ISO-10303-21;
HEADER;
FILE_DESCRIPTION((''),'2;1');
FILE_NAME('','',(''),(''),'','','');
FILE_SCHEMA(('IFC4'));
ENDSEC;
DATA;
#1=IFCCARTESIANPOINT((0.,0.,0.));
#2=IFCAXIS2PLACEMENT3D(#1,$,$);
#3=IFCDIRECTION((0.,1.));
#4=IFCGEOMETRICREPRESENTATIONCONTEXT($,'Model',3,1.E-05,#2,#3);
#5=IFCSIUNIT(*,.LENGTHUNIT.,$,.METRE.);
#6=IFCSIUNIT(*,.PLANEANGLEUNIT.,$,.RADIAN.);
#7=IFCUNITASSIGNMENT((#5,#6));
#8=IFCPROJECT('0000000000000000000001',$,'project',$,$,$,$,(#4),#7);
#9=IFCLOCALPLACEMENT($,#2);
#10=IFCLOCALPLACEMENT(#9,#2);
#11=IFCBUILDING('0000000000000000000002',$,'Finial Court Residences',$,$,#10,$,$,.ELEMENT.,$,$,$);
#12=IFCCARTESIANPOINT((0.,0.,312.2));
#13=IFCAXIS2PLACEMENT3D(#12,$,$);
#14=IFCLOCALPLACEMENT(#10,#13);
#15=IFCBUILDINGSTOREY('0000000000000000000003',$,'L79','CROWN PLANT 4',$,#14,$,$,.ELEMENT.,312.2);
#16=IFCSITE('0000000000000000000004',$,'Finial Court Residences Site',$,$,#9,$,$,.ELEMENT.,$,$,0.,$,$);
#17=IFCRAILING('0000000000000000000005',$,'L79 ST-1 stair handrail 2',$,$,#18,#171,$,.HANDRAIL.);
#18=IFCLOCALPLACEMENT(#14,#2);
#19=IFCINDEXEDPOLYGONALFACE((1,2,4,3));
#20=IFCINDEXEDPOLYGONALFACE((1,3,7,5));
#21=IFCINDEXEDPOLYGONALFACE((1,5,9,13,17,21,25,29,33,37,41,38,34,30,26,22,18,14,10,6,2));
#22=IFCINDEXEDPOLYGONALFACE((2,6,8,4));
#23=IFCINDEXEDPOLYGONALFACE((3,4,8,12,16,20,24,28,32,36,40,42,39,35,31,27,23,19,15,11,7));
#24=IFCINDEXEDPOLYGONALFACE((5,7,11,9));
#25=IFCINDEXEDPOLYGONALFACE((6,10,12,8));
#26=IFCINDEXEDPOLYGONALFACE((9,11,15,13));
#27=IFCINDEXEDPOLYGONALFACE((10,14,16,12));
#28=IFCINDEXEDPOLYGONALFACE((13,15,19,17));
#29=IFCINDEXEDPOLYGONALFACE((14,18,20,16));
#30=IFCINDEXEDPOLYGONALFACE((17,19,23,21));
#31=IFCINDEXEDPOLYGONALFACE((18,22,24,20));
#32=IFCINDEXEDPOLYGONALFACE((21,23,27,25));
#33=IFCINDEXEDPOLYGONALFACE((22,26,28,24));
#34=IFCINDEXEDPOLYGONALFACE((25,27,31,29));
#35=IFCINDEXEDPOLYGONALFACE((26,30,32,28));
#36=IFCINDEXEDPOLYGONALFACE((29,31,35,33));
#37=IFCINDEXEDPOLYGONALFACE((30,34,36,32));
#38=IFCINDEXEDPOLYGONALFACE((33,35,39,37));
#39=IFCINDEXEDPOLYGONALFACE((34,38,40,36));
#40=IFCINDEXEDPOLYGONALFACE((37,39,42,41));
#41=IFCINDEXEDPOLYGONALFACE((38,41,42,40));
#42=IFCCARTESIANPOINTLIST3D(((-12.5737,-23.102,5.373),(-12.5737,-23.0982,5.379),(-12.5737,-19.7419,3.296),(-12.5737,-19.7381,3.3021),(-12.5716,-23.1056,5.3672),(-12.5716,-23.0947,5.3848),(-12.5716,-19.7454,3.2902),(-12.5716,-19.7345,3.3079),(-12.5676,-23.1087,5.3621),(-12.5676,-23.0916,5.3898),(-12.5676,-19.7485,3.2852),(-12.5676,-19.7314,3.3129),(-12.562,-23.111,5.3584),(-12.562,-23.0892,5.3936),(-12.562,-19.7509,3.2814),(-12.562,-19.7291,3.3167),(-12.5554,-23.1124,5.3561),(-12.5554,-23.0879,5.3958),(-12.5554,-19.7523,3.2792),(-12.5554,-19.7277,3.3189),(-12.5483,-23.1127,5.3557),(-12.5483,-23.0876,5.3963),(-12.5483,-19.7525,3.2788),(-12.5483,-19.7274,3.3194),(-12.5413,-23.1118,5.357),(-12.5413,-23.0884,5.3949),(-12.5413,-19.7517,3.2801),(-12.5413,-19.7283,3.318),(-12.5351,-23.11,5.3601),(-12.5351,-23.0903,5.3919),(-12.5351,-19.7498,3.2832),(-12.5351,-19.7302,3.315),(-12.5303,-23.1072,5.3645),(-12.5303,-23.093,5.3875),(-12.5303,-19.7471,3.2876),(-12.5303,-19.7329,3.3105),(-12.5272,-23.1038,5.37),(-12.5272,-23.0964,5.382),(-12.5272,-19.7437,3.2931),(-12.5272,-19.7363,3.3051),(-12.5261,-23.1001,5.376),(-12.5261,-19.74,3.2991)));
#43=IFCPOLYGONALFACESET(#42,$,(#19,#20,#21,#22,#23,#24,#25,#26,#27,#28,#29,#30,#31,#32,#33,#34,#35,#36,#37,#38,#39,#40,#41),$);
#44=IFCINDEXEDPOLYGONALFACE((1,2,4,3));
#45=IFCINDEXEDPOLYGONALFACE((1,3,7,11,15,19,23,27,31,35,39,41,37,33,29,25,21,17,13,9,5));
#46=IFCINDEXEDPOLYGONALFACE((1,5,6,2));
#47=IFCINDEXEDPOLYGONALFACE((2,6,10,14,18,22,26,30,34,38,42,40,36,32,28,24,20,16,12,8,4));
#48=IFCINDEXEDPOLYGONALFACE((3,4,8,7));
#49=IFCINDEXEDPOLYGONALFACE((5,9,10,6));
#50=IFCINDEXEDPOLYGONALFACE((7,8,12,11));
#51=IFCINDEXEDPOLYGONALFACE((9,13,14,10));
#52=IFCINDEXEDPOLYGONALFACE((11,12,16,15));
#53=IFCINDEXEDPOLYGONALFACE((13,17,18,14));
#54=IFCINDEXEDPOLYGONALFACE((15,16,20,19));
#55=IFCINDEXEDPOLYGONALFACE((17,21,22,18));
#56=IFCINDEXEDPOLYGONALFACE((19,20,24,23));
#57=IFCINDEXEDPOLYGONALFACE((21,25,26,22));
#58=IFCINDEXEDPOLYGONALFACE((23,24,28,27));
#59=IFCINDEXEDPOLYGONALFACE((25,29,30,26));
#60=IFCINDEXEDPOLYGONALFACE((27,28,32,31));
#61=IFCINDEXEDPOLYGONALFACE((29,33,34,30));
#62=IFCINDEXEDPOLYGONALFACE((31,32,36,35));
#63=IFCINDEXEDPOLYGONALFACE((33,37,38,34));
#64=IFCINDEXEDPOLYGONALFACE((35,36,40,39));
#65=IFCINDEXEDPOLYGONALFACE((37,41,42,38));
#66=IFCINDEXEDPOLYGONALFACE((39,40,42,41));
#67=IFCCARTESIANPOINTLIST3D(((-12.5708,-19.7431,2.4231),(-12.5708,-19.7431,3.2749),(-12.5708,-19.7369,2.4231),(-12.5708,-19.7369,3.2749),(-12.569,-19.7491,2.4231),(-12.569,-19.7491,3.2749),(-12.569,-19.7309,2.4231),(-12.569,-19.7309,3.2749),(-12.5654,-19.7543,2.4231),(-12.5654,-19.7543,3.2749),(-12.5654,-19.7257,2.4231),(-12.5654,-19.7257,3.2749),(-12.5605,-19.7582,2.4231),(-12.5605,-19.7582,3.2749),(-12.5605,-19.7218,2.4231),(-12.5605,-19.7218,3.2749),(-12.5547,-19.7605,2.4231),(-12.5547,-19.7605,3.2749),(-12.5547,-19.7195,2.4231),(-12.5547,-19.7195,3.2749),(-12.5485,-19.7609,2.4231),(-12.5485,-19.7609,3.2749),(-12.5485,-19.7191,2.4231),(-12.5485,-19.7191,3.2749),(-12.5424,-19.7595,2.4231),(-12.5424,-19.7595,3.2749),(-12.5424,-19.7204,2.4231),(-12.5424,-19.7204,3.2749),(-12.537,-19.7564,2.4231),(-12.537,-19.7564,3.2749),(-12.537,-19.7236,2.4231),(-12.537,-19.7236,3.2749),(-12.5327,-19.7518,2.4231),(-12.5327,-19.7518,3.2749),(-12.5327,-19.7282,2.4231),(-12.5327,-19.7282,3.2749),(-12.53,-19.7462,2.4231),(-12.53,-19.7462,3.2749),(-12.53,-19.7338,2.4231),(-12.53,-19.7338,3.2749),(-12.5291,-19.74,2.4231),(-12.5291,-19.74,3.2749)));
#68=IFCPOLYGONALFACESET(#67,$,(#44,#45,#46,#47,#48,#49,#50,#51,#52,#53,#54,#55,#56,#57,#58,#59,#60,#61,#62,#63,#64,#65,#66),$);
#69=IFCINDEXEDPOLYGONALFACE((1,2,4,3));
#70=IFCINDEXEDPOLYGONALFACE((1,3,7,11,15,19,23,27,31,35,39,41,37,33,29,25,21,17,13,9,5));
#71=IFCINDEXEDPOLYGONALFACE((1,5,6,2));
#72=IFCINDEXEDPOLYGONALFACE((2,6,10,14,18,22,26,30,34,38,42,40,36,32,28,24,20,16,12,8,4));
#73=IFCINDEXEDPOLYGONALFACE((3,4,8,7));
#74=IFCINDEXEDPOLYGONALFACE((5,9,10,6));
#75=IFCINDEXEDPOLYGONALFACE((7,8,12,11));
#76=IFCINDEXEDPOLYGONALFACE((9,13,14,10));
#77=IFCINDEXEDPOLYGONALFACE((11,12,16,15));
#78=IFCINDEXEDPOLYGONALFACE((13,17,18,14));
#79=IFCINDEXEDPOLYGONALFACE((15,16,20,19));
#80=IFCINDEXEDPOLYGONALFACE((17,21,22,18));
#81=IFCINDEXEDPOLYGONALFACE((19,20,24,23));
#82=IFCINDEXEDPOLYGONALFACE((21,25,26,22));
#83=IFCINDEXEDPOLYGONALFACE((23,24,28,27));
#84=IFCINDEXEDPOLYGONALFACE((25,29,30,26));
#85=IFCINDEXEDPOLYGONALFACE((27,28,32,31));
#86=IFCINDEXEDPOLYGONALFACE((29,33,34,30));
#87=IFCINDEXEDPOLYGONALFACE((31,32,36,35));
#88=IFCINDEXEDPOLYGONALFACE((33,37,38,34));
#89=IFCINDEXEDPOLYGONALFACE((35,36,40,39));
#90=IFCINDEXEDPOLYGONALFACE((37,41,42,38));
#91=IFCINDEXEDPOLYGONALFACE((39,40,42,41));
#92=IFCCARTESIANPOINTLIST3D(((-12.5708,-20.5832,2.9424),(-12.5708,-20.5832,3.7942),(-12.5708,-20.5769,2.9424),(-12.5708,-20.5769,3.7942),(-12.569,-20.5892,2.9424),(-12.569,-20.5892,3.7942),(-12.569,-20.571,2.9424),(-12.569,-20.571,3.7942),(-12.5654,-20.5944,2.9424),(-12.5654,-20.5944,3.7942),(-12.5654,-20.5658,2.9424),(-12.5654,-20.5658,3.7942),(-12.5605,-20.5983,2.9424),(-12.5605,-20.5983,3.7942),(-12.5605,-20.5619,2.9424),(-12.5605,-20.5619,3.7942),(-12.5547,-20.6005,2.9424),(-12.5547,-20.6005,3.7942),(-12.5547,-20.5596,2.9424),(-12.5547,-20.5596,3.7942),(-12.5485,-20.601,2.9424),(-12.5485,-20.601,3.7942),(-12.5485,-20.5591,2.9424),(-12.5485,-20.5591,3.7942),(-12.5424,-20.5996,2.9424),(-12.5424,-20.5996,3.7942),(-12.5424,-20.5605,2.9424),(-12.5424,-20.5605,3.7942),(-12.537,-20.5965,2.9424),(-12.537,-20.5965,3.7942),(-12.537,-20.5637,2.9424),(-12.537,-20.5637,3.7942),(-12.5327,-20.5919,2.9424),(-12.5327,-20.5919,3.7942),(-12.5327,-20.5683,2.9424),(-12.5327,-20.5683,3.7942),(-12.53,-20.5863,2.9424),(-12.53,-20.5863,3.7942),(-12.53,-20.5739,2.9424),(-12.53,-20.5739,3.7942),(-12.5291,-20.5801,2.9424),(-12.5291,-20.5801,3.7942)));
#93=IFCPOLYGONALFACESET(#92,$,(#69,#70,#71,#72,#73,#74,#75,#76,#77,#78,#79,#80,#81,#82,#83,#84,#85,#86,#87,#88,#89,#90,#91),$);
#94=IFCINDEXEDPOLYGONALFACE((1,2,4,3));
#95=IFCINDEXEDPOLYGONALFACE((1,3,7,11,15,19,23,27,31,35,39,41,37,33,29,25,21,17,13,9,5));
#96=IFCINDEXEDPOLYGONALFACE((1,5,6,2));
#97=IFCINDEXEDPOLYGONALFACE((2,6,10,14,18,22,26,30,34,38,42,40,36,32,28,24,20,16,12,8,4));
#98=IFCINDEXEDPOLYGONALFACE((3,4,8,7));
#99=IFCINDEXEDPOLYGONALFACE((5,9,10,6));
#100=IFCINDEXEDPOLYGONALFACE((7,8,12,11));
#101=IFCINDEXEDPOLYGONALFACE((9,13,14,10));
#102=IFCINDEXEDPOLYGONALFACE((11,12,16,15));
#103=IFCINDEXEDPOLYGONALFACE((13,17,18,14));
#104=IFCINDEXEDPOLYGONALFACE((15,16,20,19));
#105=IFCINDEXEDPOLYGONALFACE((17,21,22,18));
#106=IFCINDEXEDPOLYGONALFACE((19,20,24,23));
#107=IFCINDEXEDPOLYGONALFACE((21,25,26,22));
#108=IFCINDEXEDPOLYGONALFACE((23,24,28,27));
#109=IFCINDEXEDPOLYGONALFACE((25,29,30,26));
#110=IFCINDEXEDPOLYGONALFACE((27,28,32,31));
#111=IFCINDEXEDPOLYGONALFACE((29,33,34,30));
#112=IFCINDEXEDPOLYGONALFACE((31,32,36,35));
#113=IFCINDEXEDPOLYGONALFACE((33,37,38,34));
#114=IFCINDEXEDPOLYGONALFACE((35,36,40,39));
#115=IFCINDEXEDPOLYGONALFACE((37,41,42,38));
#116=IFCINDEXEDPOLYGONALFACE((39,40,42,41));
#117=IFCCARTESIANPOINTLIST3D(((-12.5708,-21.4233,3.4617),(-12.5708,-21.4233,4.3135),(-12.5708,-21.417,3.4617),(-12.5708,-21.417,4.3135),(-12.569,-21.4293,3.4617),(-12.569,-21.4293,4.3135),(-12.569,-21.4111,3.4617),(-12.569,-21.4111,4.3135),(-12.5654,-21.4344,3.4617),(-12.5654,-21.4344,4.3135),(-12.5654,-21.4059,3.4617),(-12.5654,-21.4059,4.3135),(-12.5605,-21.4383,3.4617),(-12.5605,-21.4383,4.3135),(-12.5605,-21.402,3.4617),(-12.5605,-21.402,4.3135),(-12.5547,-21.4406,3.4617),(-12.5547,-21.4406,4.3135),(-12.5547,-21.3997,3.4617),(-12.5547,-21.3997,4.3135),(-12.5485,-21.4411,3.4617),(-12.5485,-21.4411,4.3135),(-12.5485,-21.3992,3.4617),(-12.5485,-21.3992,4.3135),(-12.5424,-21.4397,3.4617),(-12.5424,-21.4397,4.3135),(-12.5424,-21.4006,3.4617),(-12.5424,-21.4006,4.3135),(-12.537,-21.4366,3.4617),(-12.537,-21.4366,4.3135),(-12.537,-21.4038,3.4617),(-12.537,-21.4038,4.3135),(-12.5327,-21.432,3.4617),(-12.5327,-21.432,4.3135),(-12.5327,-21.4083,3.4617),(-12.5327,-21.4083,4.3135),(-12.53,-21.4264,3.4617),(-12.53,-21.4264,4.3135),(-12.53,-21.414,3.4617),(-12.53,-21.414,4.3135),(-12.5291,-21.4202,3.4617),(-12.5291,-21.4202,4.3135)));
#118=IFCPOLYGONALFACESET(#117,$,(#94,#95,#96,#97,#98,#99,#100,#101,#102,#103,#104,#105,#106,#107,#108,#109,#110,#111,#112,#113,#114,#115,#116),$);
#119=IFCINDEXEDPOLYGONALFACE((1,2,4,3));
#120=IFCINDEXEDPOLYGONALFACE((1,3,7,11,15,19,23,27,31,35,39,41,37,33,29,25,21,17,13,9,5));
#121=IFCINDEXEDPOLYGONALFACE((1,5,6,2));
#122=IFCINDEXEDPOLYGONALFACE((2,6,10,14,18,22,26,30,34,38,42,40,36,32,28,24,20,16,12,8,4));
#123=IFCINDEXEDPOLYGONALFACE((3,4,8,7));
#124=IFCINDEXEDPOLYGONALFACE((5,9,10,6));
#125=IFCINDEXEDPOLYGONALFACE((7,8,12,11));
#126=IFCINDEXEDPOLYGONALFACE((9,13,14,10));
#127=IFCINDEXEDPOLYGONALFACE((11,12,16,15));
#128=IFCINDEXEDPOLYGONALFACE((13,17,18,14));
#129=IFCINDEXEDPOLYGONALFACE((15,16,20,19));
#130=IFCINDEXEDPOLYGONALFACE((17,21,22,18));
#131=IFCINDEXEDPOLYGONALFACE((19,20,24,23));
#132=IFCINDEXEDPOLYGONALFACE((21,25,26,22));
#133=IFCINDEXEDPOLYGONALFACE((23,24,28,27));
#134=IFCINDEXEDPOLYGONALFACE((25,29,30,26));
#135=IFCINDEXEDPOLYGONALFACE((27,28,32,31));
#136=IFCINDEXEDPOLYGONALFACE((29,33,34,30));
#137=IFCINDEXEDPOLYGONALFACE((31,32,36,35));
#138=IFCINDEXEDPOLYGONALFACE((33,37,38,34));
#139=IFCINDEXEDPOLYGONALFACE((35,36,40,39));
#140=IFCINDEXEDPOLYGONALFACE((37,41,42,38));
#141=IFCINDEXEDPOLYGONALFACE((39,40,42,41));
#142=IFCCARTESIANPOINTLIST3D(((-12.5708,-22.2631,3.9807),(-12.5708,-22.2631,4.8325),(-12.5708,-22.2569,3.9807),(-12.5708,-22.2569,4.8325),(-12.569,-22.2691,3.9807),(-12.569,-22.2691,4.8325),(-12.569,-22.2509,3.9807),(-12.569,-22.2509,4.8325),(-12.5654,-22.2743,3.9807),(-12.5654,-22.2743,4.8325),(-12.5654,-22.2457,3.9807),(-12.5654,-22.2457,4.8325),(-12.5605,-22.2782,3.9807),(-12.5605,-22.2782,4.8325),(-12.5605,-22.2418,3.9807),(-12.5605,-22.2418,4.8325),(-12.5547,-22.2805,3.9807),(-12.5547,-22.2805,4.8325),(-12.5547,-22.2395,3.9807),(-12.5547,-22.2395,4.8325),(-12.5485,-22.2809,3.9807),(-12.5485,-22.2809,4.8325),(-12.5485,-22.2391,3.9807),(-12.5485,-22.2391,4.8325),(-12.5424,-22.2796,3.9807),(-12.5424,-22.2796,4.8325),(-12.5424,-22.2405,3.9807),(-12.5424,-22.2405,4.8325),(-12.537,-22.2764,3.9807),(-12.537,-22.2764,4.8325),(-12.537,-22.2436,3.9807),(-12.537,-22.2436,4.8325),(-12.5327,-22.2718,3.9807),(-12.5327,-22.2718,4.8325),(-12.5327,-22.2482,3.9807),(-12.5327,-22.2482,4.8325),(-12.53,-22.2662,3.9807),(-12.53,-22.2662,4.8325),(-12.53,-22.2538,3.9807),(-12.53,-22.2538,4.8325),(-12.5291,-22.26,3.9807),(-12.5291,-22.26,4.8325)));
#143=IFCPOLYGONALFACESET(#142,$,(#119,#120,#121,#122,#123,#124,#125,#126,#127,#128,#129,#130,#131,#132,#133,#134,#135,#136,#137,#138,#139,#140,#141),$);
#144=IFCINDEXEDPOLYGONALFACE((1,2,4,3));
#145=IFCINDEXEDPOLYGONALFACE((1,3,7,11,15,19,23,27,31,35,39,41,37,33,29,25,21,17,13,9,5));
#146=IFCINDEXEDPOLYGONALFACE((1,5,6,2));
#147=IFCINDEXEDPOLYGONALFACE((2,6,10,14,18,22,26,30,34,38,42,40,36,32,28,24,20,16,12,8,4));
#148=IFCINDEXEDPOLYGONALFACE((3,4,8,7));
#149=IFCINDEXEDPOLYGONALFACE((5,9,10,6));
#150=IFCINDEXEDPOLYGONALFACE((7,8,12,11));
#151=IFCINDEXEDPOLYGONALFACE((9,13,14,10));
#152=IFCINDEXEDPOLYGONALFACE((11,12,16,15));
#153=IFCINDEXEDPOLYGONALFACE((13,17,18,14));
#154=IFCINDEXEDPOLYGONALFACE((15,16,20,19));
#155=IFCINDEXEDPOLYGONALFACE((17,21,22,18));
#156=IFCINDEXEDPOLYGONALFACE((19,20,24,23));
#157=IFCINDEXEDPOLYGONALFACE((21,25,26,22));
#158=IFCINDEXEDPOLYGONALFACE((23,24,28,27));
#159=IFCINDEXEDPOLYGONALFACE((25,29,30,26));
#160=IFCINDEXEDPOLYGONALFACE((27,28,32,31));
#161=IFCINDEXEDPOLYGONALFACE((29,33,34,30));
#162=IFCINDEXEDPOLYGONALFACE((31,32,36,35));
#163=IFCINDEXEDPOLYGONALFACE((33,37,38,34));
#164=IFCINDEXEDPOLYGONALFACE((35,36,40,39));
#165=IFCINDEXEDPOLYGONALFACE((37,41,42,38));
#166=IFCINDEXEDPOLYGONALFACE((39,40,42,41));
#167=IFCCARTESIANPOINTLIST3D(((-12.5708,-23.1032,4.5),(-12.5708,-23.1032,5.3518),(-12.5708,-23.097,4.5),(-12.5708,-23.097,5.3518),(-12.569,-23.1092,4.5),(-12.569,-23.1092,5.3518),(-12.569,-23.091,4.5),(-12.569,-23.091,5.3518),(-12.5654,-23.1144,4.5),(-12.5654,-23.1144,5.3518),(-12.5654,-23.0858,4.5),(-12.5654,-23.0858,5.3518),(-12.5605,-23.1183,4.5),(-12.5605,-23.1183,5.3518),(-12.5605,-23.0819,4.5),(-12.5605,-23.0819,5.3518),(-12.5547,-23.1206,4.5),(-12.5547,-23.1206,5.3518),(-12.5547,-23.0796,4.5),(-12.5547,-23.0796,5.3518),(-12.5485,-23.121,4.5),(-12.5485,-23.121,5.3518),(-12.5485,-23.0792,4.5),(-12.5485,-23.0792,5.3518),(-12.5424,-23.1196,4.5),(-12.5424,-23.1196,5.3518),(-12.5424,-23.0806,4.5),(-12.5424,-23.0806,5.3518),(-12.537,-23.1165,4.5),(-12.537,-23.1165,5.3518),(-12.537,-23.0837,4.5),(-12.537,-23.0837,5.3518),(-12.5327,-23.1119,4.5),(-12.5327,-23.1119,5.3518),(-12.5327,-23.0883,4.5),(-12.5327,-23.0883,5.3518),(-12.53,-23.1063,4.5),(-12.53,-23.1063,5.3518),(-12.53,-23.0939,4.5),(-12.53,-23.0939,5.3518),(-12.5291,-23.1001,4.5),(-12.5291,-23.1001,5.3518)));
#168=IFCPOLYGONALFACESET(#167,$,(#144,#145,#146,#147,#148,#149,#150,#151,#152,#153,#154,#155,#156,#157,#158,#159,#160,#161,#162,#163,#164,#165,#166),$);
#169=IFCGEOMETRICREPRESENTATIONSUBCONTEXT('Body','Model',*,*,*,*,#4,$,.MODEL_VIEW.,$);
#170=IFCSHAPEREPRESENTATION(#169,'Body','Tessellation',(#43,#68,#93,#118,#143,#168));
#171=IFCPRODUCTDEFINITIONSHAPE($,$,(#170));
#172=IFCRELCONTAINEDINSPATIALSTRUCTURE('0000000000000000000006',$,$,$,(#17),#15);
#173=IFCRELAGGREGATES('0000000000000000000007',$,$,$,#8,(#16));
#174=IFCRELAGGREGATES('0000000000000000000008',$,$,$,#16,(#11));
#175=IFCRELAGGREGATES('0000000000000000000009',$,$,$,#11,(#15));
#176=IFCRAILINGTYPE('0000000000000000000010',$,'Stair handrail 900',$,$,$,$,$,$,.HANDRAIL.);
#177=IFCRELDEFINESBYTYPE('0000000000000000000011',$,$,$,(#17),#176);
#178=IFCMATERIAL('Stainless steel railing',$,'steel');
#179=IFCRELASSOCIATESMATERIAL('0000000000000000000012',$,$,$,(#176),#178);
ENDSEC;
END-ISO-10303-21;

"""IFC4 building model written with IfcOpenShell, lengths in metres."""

from ifc_helpers import new_model, si_unit, direction, frame, origin, origin_2d, place, context, subcontext, project, spatial, circle, extrude, material, type_object, element, save


model = new_model("IFC4")

# Units and contexts
model_context = context("Model", 3, precision=1e-05, world=origin(), true_north=direction((0.0, 1.0)))
body_context = subcontext(model_context, "Body", "Model", "MODEL_VIEW")
ifc_project = project(units=[si_unit("LENGTHUNIT", "METRE"), si_unit("PLANEANGLEUNIT", "RADIAN")], contexts=[model_context])

# Site, building, storey
site_placement = place(None, origin())
site = spatial("IfcSite", under=ifc_project, at=site_placement, Name="Finial Court Residences Site", CompositionType="ELEMENT", RefElevation=0.0)
building_placement = place(site_placement, origin())
building = spatial("IfcBuilding", under=site, at=building_placement, Name="Finial Court Residences", CompositionType="ELEMENT")
storey_placement = place(building_placement, frame((0.0, 0.0, 312.2)))
storey = spatial("IfcBuildingStorey", under=building, at=storey_placement, Name="L79", Description="CROWN PLANT 4", CompositionType="ELEMENT", Elevation=312.2)

# Railing
ifc_material_1 = material(Name="Stainless steel railing", Category="steel")
railing_type = type_object("IfcRailingType", Name="Stair handrail 900", PredefinedType="HANDRAIL", material=ifc_material_1)
railing_placement = place(storey_placement, frame((-12.55, -19.74, 2.4231)))
element("IfcRailing", 1, at=railing_placement, inside=storey, type_object=railing_type, Name="L79 ST-1 stair handrail 2", PredefinedType="HANDRAIL", context=body_context, shape_type="SweptSolid", body=[
    extrude(circle(Radius=0.0239, at=origin_2d()), frame((0.0, 0.0, 0.876), z_axis=(0.0, -0.850623, 0.525776), x_axis=(1.0, 0.0, 0.0)), (0.0, 0.0, 1.0), 3.9502),
    extrude(circle(Radius=0.021, at=origin_2d()), origin(), (0.0, 0.0, 1.0), 0.8518),
    extrude(circle(Radius=0.021, at=origin_2d()), frame((0.0, -0.8401, 0.5193)), (0.0, 0.0, 1.0), 0.8518),
    extrude(circle(Radius=0.021, at=origin_2d()), frame((0.0, -1.6802, 1.0386)), (0.0, 0.0, 1.0), 0.8518),
    extrude(circle(Radius=0.021, at=origin_2d()), frame((0.0, -2.52, 1.5576)), (0.0, 0.0, 1.0), 0.8518),
    extrude(circle(Radius=0.021, at=origin_2d()), frame((0.0, -3.3601, 2.0769)), (0.0, 0.0, 1.0), 0.8518),
])

save(model, "model.ifc")
